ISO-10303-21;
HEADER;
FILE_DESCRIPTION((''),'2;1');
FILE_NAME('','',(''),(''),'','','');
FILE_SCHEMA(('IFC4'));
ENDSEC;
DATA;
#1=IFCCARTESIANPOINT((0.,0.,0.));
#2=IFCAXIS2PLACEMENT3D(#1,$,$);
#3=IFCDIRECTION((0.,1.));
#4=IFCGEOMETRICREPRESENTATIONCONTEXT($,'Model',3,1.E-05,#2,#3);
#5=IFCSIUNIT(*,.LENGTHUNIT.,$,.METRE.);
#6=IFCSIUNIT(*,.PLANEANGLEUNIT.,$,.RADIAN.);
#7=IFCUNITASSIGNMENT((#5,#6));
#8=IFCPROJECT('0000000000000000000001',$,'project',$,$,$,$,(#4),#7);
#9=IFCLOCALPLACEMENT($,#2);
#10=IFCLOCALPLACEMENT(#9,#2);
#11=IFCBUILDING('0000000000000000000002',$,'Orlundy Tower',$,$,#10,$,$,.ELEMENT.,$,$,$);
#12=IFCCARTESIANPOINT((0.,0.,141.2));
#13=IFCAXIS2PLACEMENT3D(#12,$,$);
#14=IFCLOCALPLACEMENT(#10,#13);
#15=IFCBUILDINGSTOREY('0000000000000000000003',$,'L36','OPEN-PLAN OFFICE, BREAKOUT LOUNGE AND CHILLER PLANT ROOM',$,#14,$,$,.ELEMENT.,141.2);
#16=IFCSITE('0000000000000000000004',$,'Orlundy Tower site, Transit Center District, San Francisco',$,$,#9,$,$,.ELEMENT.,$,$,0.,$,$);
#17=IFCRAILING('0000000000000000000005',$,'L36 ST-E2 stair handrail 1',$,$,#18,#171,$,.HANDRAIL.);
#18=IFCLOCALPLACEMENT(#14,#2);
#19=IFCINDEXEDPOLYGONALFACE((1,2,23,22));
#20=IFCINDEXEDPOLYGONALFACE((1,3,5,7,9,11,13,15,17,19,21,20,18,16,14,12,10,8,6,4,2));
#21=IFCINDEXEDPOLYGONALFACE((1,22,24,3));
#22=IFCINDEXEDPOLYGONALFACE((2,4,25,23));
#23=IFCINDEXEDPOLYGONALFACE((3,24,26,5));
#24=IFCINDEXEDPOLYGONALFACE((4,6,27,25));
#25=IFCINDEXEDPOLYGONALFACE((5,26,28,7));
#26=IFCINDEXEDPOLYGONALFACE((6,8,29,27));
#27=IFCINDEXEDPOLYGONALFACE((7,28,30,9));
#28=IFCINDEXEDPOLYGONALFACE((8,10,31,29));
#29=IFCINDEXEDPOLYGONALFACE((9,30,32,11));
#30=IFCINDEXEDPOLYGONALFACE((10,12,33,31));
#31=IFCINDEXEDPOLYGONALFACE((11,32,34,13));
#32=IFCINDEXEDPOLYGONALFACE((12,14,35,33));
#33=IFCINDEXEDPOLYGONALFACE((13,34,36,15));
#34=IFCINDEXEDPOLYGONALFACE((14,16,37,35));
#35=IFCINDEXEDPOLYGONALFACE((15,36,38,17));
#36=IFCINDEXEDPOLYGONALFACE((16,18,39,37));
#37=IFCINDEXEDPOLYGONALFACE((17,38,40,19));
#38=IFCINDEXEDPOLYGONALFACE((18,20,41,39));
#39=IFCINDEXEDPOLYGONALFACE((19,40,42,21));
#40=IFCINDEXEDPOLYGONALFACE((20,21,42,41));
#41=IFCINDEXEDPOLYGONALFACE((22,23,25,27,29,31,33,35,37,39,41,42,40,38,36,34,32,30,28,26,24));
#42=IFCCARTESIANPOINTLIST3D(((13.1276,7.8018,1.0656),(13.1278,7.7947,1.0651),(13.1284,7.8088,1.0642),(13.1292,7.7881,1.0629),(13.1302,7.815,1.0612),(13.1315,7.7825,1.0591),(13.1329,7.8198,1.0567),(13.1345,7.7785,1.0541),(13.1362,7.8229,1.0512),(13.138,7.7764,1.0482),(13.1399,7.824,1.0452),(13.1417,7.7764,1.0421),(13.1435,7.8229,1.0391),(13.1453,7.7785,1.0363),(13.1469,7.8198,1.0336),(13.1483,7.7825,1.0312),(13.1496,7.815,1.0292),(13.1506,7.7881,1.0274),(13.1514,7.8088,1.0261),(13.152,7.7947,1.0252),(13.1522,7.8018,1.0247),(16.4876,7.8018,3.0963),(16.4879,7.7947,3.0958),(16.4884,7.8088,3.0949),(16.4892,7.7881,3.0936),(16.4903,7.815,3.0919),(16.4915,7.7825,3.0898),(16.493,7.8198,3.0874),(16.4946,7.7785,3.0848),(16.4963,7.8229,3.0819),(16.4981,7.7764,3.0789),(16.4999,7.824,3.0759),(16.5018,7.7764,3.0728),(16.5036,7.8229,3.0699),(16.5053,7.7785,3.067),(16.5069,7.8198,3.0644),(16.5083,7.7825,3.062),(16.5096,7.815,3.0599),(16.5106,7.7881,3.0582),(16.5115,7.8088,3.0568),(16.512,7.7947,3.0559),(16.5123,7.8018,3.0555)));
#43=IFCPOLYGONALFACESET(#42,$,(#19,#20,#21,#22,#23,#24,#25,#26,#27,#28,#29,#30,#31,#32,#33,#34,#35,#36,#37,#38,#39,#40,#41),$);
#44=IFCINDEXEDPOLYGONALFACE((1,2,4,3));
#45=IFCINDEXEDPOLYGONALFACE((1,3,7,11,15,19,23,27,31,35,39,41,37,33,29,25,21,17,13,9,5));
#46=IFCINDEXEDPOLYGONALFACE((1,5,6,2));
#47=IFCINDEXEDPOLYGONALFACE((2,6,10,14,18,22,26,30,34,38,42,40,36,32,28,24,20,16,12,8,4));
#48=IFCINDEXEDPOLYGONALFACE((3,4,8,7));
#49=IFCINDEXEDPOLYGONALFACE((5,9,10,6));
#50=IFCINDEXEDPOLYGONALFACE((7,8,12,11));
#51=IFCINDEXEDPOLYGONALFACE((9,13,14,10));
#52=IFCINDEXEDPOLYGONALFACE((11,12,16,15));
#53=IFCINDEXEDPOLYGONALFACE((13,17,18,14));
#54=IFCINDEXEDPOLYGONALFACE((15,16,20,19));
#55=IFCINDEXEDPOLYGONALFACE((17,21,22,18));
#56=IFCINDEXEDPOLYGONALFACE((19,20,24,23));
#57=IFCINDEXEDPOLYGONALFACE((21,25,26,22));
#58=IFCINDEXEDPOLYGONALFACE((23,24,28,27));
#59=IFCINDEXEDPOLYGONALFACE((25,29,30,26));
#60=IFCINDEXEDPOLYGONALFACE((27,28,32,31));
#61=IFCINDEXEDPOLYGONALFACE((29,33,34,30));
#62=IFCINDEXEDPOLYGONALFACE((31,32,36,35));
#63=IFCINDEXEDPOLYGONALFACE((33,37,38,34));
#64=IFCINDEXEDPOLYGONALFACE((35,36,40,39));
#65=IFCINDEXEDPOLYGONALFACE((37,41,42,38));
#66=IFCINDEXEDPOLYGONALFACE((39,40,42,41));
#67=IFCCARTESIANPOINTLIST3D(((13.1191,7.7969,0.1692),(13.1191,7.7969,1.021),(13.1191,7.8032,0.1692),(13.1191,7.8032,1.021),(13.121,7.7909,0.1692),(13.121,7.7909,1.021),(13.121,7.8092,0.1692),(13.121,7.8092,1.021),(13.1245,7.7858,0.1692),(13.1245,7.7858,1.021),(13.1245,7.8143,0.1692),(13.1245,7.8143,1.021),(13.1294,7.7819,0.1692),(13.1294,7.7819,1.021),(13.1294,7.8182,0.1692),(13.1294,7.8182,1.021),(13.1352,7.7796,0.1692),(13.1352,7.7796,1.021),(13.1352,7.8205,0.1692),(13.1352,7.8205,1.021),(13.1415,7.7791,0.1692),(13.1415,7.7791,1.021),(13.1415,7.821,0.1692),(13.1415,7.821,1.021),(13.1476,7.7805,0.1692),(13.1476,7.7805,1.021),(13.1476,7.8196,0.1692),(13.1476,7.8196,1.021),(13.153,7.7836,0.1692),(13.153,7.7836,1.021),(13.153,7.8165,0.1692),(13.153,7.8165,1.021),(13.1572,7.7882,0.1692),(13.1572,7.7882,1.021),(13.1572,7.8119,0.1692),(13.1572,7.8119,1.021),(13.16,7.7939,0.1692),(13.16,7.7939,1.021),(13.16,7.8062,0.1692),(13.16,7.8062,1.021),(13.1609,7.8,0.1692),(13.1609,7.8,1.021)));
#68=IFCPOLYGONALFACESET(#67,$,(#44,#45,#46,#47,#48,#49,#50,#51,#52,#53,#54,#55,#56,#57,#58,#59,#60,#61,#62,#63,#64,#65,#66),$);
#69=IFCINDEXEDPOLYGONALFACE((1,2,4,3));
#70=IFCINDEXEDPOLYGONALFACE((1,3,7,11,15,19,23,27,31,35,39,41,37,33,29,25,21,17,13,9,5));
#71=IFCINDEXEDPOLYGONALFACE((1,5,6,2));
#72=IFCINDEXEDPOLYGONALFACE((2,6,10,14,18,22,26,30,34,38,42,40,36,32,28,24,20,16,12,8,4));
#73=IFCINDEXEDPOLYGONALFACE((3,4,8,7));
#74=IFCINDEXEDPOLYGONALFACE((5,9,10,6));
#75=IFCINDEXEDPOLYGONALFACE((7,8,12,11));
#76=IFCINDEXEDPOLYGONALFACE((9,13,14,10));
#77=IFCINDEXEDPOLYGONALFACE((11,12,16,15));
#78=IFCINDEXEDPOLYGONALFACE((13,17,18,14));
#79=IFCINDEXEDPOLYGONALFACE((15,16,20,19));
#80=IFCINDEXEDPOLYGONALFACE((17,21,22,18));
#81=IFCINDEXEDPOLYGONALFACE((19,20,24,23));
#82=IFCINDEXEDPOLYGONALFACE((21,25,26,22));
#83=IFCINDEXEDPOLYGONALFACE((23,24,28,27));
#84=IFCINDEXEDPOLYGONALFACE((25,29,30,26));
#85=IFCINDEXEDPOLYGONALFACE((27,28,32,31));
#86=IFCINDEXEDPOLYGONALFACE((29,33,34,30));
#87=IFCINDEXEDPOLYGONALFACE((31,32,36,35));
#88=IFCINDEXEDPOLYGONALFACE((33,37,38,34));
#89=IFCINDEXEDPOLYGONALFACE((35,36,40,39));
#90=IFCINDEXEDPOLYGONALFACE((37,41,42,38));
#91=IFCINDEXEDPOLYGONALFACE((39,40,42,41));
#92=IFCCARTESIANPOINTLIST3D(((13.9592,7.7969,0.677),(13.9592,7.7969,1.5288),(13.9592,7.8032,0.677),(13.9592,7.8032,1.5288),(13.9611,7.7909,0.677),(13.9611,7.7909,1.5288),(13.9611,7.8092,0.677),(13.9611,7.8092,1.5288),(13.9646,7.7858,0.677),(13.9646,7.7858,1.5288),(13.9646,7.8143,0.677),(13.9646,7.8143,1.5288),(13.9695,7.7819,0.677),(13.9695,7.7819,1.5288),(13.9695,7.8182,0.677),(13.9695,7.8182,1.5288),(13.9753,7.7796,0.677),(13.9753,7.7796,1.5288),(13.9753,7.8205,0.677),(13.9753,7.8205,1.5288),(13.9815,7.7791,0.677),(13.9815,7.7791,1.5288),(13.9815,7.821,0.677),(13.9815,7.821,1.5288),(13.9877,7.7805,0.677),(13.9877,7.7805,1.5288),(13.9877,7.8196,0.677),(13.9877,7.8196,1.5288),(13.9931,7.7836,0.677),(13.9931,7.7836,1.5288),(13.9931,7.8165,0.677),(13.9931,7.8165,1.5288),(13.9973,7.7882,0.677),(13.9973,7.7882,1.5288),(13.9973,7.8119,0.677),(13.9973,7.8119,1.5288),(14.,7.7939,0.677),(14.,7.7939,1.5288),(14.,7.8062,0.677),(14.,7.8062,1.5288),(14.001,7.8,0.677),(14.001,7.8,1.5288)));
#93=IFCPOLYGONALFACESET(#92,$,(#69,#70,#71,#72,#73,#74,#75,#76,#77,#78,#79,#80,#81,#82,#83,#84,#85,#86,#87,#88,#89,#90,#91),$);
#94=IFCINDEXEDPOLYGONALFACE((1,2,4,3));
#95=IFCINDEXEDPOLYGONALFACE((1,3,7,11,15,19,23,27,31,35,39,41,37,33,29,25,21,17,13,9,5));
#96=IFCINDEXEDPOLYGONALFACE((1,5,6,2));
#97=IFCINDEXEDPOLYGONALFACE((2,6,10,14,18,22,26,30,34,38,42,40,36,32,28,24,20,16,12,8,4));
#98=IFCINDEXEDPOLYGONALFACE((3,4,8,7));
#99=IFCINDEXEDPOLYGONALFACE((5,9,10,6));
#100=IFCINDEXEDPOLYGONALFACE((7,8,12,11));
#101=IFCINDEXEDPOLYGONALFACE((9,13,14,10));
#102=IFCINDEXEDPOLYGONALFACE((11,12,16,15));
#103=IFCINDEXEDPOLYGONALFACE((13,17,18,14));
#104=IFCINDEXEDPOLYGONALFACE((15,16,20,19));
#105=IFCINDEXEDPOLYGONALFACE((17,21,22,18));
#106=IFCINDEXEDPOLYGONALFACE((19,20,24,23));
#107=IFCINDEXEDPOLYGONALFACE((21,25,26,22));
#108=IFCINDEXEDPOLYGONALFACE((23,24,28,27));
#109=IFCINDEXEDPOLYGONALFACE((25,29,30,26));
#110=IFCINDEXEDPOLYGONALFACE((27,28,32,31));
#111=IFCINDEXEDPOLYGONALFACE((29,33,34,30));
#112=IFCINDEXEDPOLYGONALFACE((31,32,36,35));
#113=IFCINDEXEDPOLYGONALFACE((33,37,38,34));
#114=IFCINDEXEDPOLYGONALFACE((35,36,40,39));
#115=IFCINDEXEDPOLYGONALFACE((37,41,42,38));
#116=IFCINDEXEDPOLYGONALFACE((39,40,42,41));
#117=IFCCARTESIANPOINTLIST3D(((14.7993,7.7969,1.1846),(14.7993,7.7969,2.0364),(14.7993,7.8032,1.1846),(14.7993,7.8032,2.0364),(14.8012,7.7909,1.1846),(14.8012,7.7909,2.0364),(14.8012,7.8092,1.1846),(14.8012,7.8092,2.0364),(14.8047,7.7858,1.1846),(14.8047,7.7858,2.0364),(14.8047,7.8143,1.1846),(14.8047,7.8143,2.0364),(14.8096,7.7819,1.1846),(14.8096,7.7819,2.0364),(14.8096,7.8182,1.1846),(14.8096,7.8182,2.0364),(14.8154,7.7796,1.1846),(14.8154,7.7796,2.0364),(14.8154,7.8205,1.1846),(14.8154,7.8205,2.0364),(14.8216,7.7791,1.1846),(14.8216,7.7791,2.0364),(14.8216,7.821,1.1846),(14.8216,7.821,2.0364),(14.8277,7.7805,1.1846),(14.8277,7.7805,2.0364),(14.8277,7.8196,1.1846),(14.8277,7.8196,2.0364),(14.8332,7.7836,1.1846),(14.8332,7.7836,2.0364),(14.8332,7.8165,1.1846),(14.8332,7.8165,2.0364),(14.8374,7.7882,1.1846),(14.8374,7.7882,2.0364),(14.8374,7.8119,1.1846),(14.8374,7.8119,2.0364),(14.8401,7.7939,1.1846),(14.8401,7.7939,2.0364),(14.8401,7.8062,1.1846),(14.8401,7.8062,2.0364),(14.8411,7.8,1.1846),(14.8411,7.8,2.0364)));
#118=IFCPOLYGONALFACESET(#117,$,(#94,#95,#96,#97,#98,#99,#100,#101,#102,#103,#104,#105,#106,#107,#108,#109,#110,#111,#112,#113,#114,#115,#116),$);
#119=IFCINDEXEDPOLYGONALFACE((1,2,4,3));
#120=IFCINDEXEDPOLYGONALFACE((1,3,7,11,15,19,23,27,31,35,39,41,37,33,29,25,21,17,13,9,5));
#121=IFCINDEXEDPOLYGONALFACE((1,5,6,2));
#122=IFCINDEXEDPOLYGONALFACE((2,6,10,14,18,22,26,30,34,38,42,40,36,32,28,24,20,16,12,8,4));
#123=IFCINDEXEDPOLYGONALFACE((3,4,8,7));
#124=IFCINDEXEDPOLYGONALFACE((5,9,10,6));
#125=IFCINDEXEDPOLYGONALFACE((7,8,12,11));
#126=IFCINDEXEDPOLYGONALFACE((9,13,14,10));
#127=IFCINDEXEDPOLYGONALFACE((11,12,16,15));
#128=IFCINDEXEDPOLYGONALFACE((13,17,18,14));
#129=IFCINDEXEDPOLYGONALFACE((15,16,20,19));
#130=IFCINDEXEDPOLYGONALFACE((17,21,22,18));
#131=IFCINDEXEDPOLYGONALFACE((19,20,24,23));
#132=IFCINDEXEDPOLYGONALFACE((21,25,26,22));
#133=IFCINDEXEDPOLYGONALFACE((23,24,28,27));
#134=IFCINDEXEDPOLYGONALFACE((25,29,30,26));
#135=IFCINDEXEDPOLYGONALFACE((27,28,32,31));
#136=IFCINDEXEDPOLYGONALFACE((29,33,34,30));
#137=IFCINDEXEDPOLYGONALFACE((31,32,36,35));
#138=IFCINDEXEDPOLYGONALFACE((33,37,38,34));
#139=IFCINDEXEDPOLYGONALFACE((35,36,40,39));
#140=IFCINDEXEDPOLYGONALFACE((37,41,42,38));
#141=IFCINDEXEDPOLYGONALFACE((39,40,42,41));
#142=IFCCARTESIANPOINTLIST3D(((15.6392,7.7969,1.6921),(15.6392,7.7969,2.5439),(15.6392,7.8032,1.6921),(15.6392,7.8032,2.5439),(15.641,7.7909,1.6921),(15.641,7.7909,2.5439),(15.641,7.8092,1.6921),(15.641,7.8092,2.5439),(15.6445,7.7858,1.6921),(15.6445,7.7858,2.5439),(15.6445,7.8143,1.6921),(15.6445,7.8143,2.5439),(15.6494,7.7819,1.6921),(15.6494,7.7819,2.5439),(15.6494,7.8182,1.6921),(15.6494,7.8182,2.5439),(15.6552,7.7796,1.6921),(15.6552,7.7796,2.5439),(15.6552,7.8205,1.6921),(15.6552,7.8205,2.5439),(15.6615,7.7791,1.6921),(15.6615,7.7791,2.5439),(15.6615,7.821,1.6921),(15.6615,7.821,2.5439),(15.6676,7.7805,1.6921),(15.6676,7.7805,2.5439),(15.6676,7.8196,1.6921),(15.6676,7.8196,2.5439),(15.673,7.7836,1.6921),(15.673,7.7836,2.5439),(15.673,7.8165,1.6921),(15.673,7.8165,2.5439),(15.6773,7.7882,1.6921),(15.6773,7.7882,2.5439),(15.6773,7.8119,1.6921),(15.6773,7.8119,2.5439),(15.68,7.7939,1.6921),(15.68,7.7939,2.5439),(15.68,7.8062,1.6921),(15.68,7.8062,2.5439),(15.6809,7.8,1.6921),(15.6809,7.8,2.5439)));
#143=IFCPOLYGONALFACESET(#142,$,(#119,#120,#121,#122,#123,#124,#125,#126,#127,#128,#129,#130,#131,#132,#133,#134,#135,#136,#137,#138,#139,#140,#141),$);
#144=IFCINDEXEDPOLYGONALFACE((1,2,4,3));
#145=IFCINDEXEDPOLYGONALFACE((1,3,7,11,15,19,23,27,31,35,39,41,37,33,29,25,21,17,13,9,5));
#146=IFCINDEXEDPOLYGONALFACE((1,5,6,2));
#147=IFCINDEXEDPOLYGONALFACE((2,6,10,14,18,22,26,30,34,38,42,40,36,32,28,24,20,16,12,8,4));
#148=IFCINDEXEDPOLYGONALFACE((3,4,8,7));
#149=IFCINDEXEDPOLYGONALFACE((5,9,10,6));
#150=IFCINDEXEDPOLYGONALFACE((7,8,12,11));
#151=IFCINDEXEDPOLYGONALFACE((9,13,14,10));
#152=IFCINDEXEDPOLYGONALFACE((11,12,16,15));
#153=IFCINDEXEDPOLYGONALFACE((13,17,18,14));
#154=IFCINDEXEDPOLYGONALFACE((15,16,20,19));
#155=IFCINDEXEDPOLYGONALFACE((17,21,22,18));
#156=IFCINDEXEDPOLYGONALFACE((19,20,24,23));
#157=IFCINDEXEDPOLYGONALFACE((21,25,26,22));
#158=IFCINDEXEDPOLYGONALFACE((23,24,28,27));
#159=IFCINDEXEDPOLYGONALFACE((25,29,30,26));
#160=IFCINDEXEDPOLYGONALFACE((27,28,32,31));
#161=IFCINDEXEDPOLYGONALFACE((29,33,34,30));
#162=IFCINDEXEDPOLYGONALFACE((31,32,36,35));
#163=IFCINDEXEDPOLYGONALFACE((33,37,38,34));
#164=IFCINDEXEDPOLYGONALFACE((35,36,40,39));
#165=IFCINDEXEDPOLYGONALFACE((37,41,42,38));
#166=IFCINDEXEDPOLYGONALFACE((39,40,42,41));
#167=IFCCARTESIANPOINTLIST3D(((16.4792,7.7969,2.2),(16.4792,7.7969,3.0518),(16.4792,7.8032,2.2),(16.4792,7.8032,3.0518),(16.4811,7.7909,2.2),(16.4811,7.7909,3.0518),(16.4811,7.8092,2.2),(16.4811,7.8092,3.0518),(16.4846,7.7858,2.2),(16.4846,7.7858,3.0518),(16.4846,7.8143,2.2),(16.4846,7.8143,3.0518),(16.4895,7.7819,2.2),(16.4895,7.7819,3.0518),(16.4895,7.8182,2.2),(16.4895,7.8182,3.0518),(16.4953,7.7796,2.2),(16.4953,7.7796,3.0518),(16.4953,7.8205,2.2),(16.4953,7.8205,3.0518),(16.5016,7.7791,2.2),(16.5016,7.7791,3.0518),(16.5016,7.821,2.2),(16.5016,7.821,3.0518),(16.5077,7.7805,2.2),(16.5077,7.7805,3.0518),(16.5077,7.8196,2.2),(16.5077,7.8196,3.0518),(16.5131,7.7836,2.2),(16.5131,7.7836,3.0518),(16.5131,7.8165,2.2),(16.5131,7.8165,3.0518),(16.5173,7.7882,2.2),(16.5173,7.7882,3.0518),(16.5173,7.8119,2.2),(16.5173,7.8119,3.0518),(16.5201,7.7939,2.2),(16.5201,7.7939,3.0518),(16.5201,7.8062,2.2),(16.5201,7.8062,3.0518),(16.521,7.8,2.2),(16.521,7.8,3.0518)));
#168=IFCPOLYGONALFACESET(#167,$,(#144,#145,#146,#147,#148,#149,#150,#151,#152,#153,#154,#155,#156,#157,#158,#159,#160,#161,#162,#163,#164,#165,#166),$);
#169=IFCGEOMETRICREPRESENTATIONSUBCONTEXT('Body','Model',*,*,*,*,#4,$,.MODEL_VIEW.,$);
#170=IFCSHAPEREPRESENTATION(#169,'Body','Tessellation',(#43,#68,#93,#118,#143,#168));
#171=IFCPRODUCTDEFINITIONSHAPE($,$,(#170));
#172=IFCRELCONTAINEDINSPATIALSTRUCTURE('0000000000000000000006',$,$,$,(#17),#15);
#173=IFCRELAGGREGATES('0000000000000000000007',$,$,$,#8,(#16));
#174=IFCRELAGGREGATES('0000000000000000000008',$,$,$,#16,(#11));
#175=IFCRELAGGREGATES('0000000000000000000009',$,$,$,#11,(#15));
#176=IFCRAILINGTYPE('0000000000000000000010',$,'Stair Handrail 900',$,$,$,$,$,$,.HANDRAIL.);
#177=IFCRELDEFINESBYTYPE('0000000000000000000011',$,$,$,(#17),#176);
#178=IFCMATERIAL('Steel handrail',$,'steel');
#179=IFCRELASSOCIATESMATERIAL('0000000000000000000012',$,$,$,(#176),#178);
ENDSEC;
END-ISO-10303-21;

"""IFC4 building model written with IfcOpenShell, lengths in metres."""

from ifc_helpers import new_model, si_unit, direction, frame, origin, origin_2d, place, context, subcontext, project, spatial, circle, extrude, material, type_object, element, save


model = new_model("IFC4")

# Units and contexts
model_context = context("Model", 3, precision=1e-05, world=origin(), true_north=direction((0.0, 1.0)))
body_context = subcontext(model_context, "Body", "Model", "MODEL_VIEW")
ifc_project = project(units=[si_unit("LENGTHUNIT", "METRE"), si_unit("PLANEANGLEUNIT", "RADIAN")], contexts=[model_context])

# Site, building, storey
site_placement = place(None, origin())
site = spatial("IfcSite", under=ifc_project, at=site_placement, Name="Orlundy Tower site, Transit Center District, San Francisco", CompositionType="ELEMENT", RefElevation=0.0)
building_placement = place(site_placement, origin())
building = spatial("IfcBuilding", under=site, at=building_placement, Name="Orlundy Tower", CompositionType="ELEMENT")
storey_placement = place(building_placement, frame((0.0, 0.0, 141.2)))
storey = spatial("IfcBuildingStorey", under=building, at=storey_placement, Name="L36", Description="OPEN-PLAN OFFICE, BREAKOUT LOUNGE AND CHILLER PLANT ROOM", CompositionType="ELEMENT", Elevation=141.2)

# Railing
ifc_material_1 = material(Name="Steel handrail", Category="steel")
railing_type = type_object("IfcRailingType", Name="Stair Handrail 900", PredefinedType="HANDRAIL", material=ifc_material_1)
railing_1_placement = place(storey_placement, frame((13.1399, 7.8, 0.1692)))
element("IfcRailing", 1, at=railing_1_placement, inside=storey, type_object=railing_type, Name="L36 ST-E2 stair handrail 1", PredefinedType="HANDRAIL", context=body_context, shape_type="SweptSolid", body=[
    extrude(circle(Radius=0.0239, at=origin_2d()), frame((0.0, 0.0, 0.876), z_axis=(0.855837, 0.0, 0.517246), x_axis=(0.0, 1.0, 0.0)), (0.0, 0.0, 1.0), 3.926),
    extrude(circle(Radius=0.021, at=origin_2d()), origin(), (0.0, 0.0, 1.0), 0.8518),
    extrude(circle(Radius=0.021, at=origin_2d()), frame((0.8401, 0.0, 0.5078)), (0.0, 0.0, 1.0), 0.8518),
    extrude(circle(Radius=0.021, at=origin_2d()), frame((1.6802, 0.0, 1.0154)), (0.0, 0.0, 1.0), 0.8518),
    extrude(circle(Radius=0.021, at=origin_2d()), frame((2.52, 0.0, 1.5229)), (0.0, 0.0, 1.0), 0.8518),
    extrude(circle(Radius=0.021, at=origin_2d()), frame((3.3601, 0.0, 2.0308)), (0.0, 0.0, 1.0), 0.8518),
])

save(model, "model.ifc")
